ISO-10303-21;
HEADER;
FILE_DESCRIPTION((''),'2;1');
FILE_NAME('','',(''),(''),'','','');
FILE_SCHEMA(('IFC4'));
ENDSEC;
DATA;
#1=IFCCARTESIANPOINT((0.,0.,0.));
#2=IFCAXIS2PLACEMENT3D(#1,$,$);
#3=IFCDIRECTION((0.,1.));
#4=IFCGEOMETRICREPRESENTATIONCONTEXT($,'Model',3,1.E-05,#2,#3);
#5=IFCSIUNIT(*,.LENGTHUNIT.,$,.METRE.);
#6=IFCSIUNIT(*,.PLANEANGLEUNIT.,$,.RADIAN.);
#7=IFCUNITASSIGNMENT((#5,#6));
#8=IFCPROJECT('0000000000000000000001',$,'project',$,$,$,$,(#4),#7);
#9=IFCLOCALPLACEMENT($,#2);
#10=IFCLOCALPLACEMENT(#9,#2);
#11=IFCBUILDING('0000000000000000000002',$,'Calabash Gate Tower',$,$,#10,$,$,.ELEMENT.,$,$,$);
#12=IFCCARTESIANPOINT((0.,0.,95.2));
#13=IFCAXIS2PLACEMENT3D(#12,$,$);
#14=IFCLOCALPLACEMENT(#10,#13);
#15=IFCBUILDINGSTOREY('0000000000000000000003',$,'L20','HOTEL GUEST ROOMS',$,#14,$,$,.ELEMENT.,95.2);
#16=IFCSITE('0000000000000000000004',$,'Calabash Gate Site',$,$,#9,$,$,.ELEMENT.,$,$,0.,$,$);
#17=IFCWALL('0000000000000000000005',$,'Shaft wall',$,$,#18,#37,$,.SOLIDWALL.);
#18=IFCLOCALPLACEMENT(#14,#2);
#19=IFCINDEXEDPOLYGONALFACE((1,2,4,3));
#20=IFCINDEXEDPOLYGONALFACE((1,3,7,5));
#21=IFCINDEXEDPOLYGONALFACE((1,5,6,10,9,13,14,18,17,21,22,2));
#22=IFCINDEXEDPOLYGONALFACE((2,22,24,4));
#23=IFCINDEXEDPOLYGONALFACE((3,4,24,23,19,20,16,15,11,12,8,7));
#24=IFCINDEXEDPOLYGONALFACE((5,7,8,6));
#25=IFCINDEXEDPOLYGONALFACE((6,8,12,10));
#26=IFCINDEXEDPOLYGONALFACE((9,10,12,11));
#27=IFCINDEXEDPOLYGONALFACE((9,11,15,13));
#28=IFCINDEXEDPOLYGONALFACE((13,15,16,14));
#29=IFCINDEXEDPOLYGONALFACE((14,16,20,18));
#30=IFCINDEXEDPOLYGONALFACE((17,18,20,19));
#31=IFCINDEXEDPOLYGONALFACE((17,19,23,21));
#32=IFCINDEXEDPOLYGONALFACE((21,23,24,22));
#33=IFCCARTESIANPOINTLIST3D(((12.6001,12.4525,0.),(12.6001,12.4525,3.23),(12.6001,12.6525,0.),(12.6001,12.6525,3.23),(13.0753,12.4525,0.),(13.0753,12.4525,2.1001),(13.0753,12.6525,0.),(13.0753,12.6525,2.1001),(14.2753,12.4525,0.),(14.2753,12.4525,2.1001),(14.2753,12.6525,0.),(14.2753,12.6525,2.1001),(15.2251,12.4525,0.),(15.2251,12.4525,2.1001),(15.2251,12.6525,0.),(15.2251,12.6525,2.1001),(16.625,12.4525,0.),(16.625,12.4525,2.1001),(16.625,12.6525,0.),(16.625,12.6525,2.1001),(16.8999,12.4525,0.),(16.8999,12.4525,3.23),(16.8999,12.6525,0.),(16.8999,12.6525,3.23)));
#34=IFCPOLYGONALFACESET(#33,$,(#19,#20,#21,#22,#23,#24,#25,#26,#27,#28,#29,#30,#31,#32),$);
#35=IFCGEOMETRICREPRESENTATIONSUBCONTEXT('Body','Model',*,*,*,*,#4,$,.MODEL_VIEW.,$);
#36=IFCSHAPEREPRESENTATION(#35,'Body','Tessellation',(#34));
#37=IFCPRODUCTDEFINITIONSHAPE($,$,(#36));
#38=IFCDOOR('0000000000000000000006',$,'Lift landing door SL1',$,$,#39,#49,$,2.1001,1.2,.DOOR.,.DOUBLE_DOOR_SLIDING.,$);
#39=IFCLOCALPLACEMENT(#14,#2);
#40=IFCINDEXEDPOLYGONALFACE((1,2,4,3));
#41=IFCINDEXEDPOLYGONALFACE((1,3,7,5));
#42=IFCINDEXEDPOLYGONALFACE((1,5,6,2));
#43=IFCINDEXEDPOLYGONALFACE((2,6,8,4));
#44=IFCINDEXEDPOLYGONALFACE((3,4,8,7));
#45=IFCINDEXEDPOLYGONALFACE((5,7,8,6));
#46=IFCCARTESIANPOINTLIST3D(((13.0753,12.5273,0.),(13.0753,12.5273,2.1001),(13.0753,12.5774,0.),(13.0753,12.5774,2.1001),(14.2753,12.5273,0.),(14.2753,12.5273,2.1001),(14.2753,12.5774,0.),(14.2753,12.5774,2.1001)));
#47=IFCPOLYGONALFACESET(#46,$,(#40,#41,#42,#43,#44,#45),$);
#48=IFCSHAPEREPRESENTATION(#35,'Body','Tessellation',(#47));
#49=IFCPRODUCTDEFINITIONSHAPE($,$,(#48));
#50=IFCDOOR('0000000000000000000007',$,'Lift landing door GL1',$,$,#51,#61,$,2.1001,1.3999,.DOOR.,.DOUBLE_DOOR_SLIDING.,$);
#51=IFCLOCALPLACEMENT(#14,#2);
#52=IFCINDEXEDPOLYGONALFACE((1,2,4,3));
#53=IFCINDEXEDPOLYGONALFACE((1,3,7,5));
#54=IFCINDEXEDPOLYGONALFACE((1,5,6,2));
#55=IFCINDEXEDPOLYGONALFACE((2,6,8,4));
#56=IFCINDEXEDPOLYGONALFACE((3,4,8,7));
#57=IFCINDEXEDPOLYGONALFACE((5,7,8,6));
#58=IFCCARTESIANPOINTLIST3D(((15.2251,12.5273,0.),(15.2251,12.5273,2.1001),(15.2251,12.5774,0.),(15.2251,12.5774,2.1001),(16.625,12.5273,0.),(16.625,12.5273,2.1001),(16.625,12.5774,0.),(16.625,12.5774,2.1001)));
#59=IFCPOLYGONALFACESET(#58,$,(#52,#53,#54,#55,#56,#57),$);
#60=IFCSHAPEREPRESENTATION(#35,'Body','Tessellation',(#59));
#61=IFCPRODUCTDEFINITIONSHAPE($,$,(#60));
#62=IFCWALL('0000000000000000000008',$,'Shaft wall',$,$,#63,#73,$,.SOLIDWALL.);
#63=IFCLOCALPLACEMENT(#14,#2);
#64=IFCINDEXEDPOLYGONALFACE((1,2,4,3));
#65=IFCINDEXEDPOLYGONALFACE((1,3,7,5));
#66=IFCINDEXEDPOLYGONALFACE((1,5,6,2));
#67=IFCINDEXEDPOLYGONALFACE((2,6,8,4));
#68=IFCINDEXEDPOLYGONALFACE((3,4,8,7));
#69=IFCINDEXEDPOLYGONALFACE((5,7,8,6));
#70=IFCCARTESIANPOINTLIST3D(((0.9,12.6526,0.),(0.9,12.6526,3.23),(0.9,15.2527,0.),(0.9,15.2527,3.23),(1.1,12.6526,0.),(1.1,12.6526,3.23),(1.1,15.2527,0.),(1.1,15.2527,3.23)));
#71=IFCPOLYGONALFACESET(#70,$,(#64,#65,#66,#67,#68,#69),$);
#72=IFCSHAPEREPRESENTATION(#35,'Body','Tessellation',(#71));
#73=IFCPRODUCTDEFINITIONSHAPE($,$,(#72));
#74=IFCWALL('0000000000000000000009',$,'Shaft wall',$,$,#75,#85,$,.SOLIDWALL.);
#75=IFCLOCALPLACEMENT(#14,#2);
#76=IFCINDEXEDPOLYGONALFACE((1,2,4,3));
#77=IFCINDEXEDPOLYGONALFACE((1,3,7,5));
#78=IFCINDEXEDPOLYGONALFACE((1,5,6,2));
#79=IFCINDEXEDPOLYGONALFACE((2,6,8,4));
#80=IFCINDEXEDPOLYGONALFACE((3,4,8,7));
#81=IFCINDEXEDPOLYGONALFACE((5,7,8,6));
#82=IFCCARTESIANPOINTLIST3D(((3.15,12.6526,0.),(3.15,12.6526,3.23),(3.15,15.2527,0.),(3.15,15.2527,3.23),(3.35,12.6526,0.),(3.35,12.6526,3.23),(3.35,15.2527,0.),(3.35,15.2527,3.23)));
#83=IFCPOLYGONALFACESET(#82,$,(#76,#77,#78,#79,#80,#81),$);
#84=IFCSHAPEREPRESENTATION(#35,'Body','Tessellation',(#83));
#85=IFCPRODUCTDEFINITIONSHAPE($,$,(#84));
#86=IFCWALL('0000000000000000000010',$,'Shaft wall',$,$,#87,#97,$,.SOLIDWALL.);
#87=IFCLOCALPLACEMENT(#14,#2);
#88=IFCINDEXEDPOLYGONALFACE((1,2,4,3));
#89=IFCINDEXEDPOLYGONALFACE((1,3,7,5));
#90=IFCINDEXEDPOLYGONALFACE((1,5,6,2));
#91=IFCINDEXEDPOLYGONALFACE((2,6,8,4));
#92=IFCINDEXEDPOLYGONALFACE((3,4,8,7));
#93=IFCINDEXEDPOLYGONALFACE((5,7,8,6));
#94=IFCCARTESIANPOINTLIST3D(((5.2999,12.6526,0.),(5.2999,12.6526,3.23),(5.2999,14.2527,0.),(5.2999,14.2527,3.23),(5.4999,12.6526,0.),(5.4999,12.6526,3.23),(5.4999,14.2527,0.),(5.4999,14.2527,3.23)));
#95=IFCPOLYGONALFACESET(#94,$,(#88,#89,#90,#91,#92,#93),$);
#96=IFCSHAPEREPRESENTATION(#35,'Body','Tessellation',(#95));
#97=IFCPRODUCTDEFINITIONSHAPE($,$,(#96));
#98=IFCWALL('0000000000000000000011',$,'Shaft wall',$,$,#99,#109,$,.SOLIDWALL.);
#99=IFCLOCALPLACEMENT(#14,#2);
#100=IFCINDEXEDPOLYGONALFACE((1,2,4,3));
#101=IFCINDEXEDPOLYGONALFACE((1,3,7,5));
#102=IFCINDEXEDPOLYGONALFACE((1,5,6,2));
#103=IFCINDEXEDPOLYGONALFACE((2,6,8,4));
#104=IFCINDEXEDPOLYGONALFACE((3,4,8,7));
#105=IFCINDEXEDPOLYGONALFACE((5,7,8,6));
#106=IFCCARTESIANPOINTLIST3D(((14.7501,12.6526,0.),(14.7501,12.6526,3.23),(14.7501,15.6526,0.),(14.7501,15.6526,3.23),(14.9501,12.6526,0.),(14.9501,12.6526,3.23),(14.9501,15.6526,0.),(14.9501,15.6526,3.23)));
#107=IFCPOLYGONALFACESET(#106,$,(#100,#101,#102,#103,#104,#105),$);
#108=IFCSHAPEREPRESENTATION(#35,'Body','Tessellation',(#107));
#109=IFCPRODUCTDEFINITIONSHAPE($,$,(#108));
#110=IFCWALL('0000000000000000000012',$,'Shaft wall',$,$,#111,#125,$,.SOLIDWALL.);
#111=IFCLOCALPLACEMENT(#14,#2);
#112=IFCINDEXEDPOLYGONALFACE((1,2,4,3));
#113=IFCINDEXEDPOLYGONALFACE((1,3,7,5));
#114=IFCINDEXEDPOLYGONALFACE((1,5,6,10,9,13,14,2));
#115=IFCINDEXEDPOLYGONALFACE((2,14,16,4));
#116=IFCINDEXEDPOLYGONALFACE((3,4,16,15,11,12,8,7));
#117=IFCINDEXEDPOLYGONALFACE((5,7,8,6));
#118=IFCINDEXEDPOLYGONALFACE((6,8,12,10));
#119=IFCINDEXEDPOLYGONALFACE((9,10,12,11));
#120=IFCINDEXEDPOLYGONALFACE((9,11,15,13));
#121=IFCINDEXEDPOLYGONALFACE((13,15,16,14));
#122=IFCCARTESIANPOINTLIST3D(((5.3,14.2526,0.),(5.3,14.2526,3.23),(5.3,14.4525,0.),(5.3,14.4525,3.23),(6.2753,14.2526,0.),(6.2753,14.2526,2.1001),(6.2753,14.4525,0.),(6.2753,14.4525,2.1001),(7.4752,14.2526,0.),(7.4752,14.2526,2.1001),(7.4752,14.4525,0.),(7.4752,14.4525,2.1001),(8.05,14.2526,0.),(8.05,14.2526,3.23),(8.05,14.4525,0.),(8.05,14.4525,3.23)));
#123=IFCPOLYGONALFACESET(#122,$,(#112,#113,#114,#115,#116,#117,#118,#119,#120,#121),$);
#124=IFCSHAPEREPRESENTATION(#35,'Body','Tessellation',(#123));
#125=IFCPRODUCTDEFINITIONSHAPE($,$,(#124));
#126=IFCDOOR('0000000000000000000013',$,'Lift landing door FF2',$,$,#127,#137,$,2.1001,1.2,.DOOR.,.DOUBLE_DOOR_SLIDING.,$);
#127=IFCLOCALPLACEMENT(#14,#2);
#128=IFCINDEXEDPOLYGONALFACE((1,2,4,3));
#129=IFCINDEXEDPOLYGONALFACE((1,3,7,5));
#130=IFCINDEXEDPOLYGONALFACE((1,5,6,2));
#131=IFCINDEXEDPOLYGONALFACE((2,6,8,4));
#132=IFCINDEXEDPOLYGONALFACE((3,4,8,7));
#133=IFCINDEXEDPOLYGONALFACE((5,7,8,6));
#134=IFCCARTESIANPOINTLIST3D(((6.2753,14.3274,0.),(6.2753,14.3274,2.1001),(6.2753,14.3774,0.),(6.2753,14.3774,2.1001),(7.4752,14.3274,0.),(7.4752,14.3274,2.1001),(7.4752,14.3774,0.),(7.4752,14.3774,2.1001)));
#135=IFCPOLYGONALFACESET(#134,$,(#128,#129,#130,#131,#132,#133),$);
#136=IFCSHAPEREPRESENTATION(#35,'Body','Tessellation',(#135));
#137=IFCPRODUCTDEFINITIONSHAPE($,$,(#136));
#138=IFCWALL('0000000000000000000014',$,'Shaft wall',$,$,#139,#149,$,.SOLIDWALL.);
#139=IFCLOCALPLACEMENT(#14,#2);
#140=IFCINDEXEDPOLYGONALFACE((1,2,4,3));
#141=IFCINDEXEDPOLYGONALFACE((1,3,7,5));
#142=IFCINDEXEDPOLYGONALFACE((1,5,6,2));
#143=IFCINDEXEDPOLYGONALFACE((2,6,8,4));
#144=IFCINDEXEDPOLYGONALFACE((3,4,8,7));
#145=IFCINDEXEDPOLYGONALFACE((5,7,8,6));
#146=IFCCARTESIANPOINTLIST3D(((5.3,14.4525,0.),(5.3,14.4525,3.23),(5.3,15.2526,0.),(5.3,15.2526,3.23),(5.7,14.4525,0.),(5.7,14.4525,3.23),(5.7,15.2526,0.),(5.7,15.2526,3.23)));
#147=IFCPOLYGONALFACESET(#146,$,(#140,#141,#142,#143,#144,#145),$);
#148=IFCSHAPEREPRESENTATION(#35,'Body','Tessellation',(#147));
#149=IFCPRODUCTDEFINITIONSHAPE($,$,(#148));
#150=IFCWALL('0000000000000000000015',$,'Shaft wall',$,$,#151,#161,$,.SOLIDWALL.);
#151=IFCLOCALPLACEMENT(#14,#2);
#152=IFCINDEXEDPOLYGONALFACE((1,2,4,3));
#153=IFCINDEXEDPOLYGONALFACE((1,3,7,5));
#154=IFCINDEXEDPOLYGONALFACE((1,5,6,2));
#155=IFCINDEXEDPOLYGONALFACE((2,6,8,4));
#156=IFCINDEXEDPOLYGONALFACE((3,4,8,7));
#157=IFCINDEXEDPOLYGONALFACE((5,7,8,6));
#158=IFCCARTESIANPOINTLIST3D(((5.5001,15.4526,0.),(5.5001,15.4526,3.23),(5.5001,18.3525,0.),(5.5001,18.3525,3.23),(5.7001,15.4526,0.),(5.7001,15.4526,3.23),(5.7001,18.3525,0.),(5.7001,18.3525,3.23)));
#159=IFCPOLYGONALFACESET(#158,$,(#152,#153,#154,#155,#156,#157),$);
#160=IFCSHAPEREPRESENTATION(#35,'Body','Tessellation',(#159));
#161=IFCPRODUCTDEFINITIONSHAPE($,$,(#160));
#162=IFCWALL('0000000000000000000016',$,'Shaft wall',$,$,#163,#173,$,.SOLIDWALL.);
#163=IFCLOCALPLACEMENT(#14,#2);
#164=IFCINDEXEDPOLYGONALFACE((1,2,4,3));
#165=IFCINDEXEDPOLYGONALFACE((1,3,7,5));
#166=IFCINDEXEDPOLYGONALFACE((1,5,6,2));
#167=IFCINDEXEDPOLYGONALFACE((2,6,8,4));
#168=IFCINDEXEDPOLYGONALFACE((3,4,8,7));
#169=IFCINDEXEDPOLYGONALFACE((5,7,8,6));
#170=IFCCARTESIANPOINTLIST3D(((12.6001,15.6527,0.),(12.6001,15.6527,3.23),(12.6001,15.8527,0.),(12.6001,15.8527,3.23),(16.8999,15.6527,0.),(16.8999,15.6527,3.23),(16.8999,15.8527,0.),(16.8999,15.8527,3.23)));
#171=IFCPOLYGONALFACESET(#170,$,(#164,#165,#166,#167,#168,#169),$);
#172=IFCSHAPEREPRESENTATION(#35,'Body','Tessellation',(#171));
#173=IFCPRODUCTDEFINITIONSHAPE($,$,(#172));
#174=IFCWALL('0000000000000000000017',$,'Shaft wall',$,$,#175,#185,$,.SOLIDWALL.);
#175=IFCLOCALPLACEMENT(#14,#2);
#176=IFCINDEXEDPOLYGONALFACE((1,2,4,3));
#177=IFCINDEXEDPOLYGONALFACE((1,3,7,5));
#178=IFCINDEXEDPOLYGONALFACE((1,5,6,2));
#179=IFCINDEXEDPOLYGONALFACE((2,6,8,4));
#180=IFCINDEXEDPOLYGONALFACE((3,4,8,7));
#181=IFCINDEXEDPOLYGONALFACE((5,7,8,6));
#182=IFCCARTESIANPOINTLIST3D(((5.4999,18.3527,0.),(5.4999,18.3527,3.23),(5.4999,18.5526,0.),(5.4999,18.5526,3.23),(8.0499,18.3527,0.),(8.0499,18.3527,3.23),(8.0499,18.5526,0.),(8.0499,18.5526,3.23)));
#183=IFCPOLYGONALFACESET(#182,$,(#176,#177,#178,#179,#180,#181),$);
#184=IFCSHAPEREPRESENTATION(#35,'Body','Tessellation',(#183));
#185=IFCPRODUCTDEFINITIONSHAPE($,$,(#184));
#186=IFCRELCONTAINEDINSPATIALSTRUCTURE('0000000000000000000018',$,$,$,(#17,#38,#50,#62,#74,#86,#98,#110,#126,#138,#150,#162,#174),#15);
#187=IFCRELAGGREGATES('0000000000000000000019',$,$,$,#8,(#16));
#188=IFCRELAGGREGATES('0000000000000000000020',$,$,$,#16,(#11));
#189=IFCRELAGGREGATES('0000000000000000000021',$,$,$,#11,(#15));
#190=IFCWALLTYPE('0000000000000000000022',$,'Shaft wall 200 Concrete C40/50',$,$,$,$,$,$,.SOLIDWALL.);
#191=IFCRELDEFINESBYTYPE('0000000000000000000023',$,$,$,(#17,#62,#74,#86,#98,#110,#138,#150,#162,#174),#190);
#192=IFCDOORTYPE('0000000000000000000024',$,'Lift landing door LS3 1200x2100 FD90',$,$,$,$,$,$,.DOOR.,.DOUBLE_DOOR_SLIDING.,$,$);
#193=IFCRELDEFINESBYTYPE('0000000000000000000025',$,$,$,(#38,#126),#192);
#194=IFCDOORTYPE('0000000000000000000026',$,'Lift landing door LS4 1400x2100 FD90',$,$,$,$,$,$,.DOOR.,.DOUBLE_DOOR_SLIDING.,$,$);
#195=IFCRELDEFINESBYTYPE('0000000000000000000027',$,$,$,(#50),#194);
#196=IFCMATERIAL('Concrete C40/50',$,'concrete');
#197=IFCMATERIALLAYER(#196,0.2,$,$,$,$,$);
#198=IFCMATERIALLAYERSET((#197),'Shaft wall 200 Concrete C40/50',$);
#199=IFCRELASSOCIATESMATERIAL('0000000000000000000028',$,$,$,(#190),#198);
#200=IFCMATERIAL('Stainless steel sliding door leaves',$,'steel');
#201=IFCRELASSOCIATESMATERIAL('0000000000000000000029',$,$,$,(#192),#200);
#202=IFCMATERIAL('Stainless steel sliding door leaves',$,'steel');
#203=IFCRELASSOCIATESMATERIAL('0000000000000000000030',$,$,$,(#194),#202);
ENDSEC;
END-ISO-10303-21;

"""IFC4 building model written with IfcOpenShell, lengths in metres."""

from ifc_helpers import new_model, si_unit, direction, frame, frame_2d, origin, place, context, subcontext, project, spatial, rectangle, extrude, material, layer, layer_set, type_object, element, fill, save


model = new_model("IFC4")

# Units and contexts
model_context = context("Model", 3, precision=1e-05, world=origin(), true_north=direction((0.0, 1.0)))
body_context = subcontext(model_context, "Body", "Model", "MODEL_VIEW")
ifc_project = project(units=[si_unit("LENGTHUNIT", "METRE"), si_unit("PLANEANGLEUNIT", "RADIAN")], contexts=[model_context])

# Site, building, storey
site_placement = place(None, origin())
site = spatial("IfcSite", under=ifc_project, at=site_placement, Name="Calabash Gate Site", CompositionType="ELEMENT", RefElevation=0.0)
building_placement = place(site_placement, origin())
building = spatial("IfcBuilding", under=site, at=building_placement, Name="Calabash Gate Tower", CompositionType="ELEMENT")
storey_placement = place(building_placement, frame((0.0, 0.0, 95.2)))
storey = spatial("IfcBuildingStorey", under=building, at=storey_placement, Name="L20", Description="HOTEL GUEST ROOMS", CompositionType="ELEMENT", Elevation=95.2)

# Shared definitions
ifc_material_1 = material(Name="Concrete C40/50", Category="concrete")
ifc_layer_1 = layer(ifc_material_1, 0.2)
ifc_layer_set_1 = layer_set([ifc_layer_1], Name="Shaft wall 200 Concrete C40/50")
wall_type_1 = type_object("IfcWallType", Name="Shaft wall 200 Concrete C40/50", PredefinedType="SOLIDWALL", material=ifc_layer_set_1)

# Wall, openings, doors
wall_1_placement = place(storey_placement, frame((12.6001, 12.5525, 0.0), z_axis=(0.0, 0.0, 1.0), x_axis=(1.0, 0.0, 0.0)))
wall_1 = element("IfcWall", 1, at=wall_1_placement, inside=storey, type_object=wall_type_1, Name="Shaft wall", PredefinedType="SOLIDWALL", context=body_context, shape_type="SweptSolid", body=[
    extrude(rectangle(XDim=4.2998, YDim=0.2, at=frame_2d((2.1499, 0.0))), origin(), (0.0, 0.0, 1.0), 3.23),
])
opening_1_placement = place(wall_1_placement, frame((0.4751, 0.0, 0.0)))
opening_1 = element("IfcOpeningElement", 2, at=opening_1_placement, cuts=wall_1, PredefinedType="OPENING", context=body_context, shape_type="SweptSolid", body=[
    extrude(rectangle(XDim=1.2, YDim=2.1001, at=frame_2d((0.6001, 1.05))), frame((0.0, 0.1099, 0.0), z_axis=(0.0, -1.0, 0.0), x_axis=(1.0, 0.0, 0.0)), (0.0, 0.0, 1.0), 0.22),
])
opening_2_placement = place(wall_1_placement, frame((2.625, 0.0, 0.0)))
opening_2 = element("IfcOpeningElement", 3, at=opening_2_placement, cuts=wall_1, PredefinedType="OPENING", context=body_context, shape_type="SweptSolid", body=[
    extrude(rectangle(XDim=1.3999, YDim=2.1001, at=frame_2d((0.7, 1.05))), frame((0.0, 0.1099, 0.0), z_axis=(0.0, -1.0, 0.0), x_axis=(1.0, 0.0, 0.0)), (0.0, 0.0, 1.0), 0.22),
])
ifc_material_2 = material(Name="Stainless steel sliding door leaves", Category="steel")
door_type_1 = type_object("IfcDoorType", Name="Lift landing door LS3 1200x2100 FD90", OperationType="DOUBLE_DOOR_SLIDING", PredefinedType="DOOR", material=ifc_material_2)
door_1_placement = place(opening_1_placement, origin())
door_1 = element("IfcDoor", 4, at=door_1_placement, inside=storey, type_object=door_type_1, Name="Lift landing door SL1", OperationType="DOUBLE_DOOR_SLIDING", OverallHeight=2.1001, OverallWidth=1.2, PredefinedType="DOOR", context=body_context, shape_type="SweptSolid", body=[
    extrude(rectangle(XDim=1.2, YDim=2.1001, at=frame_2d((0.6001, 1.05))), frame((0.0, 0.0249, 0.0), z_axis=(0.0, -1.0, 0.0), x_axis=(1.0, 0.0, 0.0)), (0.0, 0.0, 1.0), 0.05),
])
fill(opening_1, door_1)
ifc_material_3 = material(Name="Stainless steel sliding door leaves", Category="steel")
door_type_2 = type_object("IfcDoorType", Name="Lift landing door LS4 1400x2100 FD90", OperationType="DOUBLE_DOOR_SLIDING", PredefinedType="DOOR", material=ifc_material_3)
door_2_placement = place(opening_2_placement, origin())
door_2 = element("IfcDoor", 5, at=door_2_placement, inside=storey, type_object=door_type_2, Name="Lift landing door GL1", OperationType="DOUBLE_DOOR_SLIDING", OverallHeight=2.1001, OverallWidth=1.3999, PredefinedType="DOOR", context=body_context, shape_type="SweptSolid", body=[
    extrude(rectangle(XDim=1.3999, YDim=2.1001, at=frame_2d((0.7, 1.05))), frame((0.0, 0.0249, 0.0), z_axis=(0.0, -1.0, 0.0), x_axis=(1.0, 0.0, 0.0)), (0.0, 0.0, 1.0), 0.05),
])
fill(opening_2, door_2)

# Walls
for number, where, z_axis, x_axis, name in (
    (6, (1.0, 12.6526, 0.0), (0.0, 0.0, 1.0), (0.0, 1.0, 0.0), "Shaft wall"),
    (7, (3.25, 12.6526, 0.0), (0.0, 0.0, 1.0), (0.0, 1.0, 0.0), "Shaft wall"),
):
    element("IfcWall", number, at=place(storey_placement, frame(where, z_axis=z_axis, x_axis=x_axis)), inside=storey, type_object=wall_type_1, Name=name, PredefinedType="SOLIDWALL", context=body_context, shape_type="SweptSolid", body=[
        extrude(rectangle(XDim=2.6001, YDim=0.2, at=frame_2d((1.3, 0.0))), origin(), (0.0, 0.0, 1.0), 3.23),
    ])
wall_2_placement = place(storey_placement, frame((5.3999, 12.6526, 0.0), z_axis=(0.0, 0.0, 1.0), x_axis=(0.0, 1.0, 0.0)))
element("IfcWall", 8, at=wall_2_placement, inside=storey, type_object=wall_type_1, Name="Shaft wall", PredefinedType="SOLIDWALL", context=body_context, shape_type="SweptSolid", body=[
    extrude(rectangle(XDim=1.6001, YDim=0.2, at=frame_2d((0.8, 0.0))), origin(), (0.0, 0.0, 1.0), 3.23),
])
wall_3_placement = place(storey_placement, frame((14.8501, 12.6526, 0.0), z_axis=(0.0, 0.0, 1.0), x_axis=(0.0, 1.0, 0.0)))
element("IfcWall", 9, at=wall_3_placement, inside=storey, type_object=wall_type_1, Name="Shaft wall", PredefinedType="SOLIDWALL", context=body_context, shape_type="SweptSolid", body=[
    extrude(rectangle(XDim=3.0, YDim=0.2, at=frame_2d((1.5, 0.0))), origin(), (0.0, 0.0, 1.0), 3.23),
])

# Wall, opening, door
wall_4_placement = place(storey_placement, frame((5.3, 14.3525, 0.0), z_axis=(0.0, 0.0, 1.0), x_axis=(1.0, 0.0, 0.0)))
wall_4 = element("IfcWall", 10, at=wall_4_placement, inside=storey, type_object=wall_type_1, Name="Shaft wall", PredefinedType="SOLIDWALL", context=body_context, shape_type="SweptSolid", body=[
    extrude(rectangle(XDim=2.75, YDim=0.2, at=frame_2d((1.375, 0.0))), origin(), (0.0, 0.0, 1.0), 3.23),
])
opening_3_placement = place(wall_4_placement, frame((0.9751, 0.0, 0.0)))
opening_3 = element("IfcOpeningElement", 11, at=opening_3_placement, cuts=wall_4, PredefinedType="OPENING", context=body_context, shape_type="SweptSolid", body=[
    extrude(rectangle(XDim=1.2, YDim=2.1001, at=frame_2d((0.6001, 1.05))), frame((0.0, 0.1099, 0.0), z_axis=(0.0, -1.0, 0.0), x_axis=(1.0, 0.0, 0.0)), (0.0, 0.0, 1.0), 0.22),
])
door_3_placement = place(opening_3_placement, origin())
door_3 = element("IfcDoor", 12, at=door_3_placement, inside=storey, type_object=door_type_1, Name="Lift landing door FF2", OperationType="DOUBLE_DOOR_SLIDING", OverallHeight=2.1001, OverallWidth=1.2, PredefinedType="DOOR", context=body_context, shape_type="SweptSolid", body=[
    extrude(rectangle(XDim=1.2, YDim=2.1001, at=frame_2d((0.6001, 1.05))), frame((0.0, 0.0249, 0.0), z_axis=(0.0, -1.0, 0.0), x_axis=(1.0, 0.0, 0.0)), (0.0, 0.0, 1.0), 0.05),
])
fill(opening_3, door_3)

# Walls
wall_5_placement = place(storey_placement, frame((5.5, 14.4526, 0.0), z_axis=(0.0, 0.0, 1.0), x_axis=(0.0, 1.0, 0.0)))
element("IfcWall", 13, at=wall_5_placement, inside=storey, type_object=wall_type_1, Name="Shaft wall", PredefinedType="SOLIDWALL", context=body_context, shape_type="SweptSolid", body=[
    extrude(rectangle(XDim=0.8, YDim=0.3999, at=frame_2d((0.3999, 0.0))), origin(), (0.0, 0.0, 1.0), 3.23),
])
wall_6_placement = place(storey_placement, frame((5.6001, 15.4526, 0.0), z_axis=(0.0, 0.0, 1.0), x_axis=(0.0, 1.0, 0.0)))
element("IfcWall", 14, at=wall_6_placement, inside=storey, type_object=wall_type_1, Name="Shaft wall", PredefinedType="SOLIDWALL", context=body_context, shape_type="SweptSolid", body=[
    extrude(rectangle(XDim=2.8999, YDim=0.2, at=frame_2d((1.45, 0.0))), origin(), (0.0, 0.0, 1.0), 3.23),
])
wall_7_placement = place(storey_placement, frame((12.6001, 15.7527, 0.0), z_axis=(0.0, 0.0, 1.0), x_axis=(1.0, 0.0, 0.0)))
element("IfcWall", 15, at=wall_7_placement, inside=storey, type_object=wall_type_1, Name="Shaft wall", PredefinedType="SOLIDWALL", context=body_context, shape_type="SweptSolid", body=[
    extrude(rectangle(XDim=4.2998, YDim=0.2, at=frame_2d((2.1499, 0.0))), origin(), (0.0, 0.0, 1.0), 3.23),
])
wall_8_placement = place(storey_placement, frame((5.5, 18.4526, 0.0), z_axis=(0.0, 0.0, 1.0), x_axis=(1.0, 0.0, 0.0)))
element("IfcWall", 16, at=wall_8_placement, inside=storey, type_object=wall_type_1, Name="Shaft wall", PredefinedType="SOLIDWALL", context=body_context, shape_type="SweptSolid", body=[
    extrude(rectangle(XDim=2.55, YDim=0.2, at=frame_2d((1.2749, 0.0))), origin(), (0.0, 0.0, 1.0), 3.23),
])

save(model, "model.ifc")
